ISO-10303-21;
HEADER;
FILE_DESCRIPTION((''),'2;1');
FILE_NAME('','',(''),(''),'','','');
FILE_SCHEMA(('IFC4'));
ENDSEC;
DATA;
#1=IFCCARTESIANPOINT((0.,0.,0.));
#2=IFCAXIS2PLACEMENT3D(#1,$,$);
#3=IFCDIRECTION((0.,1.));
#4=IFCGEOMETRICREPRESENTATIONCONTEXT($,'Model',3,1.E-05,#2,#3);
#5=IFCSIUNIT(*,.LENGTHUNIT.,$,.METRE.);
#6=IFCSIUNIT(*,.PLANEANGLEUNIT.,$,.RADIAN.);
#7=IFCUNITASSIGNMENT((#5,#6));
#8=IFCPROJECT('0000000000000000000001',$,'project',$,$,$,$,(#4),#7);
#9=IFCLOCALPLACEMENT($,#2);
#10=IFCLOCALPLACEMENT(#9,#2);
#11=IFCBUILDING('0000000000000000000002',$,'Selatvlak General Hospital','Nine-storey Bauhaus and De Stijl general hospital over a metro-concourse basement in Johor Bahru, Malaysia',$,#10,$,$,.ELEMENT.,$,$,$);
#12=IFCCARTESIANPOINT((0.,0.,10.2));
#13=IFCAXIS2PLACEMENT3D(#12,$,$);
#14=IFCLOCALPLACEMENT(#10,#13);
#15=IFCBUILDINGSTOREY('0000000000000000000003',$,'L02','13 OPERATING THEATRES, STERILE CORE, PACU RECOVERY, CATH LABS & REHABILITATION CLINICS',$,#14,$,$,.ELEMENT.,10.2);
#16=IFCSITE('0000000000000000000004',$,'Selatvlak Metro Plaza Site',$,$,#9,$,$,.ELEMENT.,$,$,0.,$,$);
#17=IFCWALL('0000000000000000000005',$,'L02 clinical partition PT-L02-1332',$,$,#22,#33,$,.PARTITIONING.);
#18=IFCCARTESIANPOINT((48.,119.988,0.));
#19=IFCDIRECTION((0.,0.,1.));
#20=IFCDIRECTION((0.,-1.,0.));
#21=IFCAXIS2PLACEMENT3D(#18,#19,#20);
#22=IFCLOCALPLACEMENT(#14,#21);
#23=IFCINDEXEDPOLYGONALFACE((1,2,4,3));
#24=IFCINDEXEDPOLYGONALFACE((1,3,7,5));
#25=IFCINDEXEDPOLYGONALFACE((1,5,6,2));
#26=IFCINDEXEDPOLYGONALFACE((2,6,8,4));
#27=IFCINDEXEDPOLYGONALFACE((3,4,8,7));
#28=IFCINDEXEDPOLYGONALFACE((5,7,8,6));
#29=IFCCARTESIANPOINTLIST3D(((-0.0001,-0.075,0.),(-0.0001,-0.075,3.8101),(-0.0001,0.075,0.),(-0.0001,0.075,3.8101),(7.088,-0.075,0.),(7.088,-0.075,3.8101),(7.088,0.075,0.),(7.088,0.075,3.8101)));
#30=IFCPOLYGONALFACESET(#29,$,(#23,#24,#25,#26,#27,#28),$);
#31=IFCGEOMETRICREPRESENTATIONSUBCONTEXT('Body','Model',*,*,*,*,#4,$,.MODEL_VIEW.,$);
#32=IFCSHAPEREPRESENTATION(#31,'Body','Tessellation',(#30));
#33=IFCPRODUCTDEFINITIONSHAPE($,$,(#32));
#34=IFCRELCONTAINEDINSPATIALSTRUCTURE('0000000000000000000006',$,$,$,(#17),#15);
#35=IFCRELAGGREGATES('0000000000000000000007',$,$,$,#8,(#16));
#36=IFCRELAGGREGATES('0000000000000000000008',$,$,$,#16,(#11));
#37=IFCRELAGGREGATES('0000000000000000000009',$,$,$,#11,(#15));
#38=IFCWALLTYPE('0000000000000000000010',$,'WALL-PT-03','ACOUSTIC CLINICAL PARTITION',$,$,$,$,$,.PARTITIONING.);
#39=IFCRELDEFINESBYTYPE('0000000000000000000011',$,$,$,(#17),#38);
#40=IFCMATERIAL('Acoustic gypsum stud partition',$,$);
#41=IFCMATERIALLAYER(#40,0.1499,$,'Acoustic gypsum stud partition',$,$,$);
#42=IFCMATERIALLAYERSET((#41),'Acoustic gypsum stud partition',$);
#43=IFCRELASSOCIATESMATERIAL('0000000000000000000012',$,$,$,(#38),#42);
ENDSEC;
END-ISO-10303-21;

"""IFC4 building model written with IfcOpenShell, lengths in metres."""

from ifc_helpers import new_model, si_unit, direction, frame, frame_2d, origin, place, context, subcontext, project, spatial, rectangle, extrude, material, layer, layer_set, type_object, element, save


model = new_model("IFC4")

# Units and contexts
model_context = context("Model", 3, precision=1e-05, world=origin(), true_north=direction((0.0, 1.0)))
body_context = subcontext(model_context, "Body", "Model", "MODEL_VIEW")
ifc_project = project(units=[si_unit("LENGTHUNIT", "METRE"), si_unit("PLANEANGLEUNIT", "RADIAN")], contexts=[model_context])

# Site, building, storey
site_placement = place(None, origin())
site = spatial("IfcSite", under=ifc_project, at=site_placement, Name="Selatvlak Metro Plaza Site", CompositionType="ELEMENT", RefElevation=0.0)
building_placement = place(site_placement, origin())
building = spatial("IfcBuilding", under=site, at=building_placement, Name="Selatvlak General Hospital", Description="Nine-storey Bauhaus and De Stijl general hospital over a metro-concourse basement in Johor Bahru, Malaysia", CompositionType="ELEMENT")
storey_placement = place(building_placement, frame((0.0, 0.0, 10.2)))
storey = spatial("IfcBuildingStorey", under=building, at=storey_placement, Name="L02", Description="13 OPERATING THEATRES, STERILE CORE, PACU RECOVERY, CATH LABS & REHABILITATION CLINICS", CompositionType="ELEMENT", Elevation=10.2)

# Shared definitions
ifc_material_1 = material(Name="Acoustic gypsum stud partition")

# Wall
ifc_layer_1 = layer(ifc_material_1, 0.1499, Name="Acoustic gypsum stud partition")
ifc_layer_set_1 = layer_set([ifc_layer_1], Name="Acoustic gypsum stud partition")
wall_type_1 = type_object("IfcWallType", Name="WALL-PT-03", Description="ACOUSTIC CLINICAL PARTITION", PredefinedType="PARTITIONING", material=ifc_layer_set_1)
wall_1_placement = place(storey_placement, frame((48.0, 119.988, 0.0), z_axis=(0.0, 0.0, 1.0), x_axis=(0.0, -1.0, 0.0)))
element("IfcWall", 1, at=wall_1_placement, inside=storey, type_object=wall_type_1, Name="L02 clinical partition PT-L02-1332", PredefinedType="PARTITIONING", context=body_context, shape_type="SweptSolid", body=[
    extrude(rectangle(XDim=7.0881, YDim=0.1499, at=frame_2d((3.5439, 0.0))), origin(), (0.0, 0.0, 1.0), 3.8101),
])

save(model, "model.ifc")
